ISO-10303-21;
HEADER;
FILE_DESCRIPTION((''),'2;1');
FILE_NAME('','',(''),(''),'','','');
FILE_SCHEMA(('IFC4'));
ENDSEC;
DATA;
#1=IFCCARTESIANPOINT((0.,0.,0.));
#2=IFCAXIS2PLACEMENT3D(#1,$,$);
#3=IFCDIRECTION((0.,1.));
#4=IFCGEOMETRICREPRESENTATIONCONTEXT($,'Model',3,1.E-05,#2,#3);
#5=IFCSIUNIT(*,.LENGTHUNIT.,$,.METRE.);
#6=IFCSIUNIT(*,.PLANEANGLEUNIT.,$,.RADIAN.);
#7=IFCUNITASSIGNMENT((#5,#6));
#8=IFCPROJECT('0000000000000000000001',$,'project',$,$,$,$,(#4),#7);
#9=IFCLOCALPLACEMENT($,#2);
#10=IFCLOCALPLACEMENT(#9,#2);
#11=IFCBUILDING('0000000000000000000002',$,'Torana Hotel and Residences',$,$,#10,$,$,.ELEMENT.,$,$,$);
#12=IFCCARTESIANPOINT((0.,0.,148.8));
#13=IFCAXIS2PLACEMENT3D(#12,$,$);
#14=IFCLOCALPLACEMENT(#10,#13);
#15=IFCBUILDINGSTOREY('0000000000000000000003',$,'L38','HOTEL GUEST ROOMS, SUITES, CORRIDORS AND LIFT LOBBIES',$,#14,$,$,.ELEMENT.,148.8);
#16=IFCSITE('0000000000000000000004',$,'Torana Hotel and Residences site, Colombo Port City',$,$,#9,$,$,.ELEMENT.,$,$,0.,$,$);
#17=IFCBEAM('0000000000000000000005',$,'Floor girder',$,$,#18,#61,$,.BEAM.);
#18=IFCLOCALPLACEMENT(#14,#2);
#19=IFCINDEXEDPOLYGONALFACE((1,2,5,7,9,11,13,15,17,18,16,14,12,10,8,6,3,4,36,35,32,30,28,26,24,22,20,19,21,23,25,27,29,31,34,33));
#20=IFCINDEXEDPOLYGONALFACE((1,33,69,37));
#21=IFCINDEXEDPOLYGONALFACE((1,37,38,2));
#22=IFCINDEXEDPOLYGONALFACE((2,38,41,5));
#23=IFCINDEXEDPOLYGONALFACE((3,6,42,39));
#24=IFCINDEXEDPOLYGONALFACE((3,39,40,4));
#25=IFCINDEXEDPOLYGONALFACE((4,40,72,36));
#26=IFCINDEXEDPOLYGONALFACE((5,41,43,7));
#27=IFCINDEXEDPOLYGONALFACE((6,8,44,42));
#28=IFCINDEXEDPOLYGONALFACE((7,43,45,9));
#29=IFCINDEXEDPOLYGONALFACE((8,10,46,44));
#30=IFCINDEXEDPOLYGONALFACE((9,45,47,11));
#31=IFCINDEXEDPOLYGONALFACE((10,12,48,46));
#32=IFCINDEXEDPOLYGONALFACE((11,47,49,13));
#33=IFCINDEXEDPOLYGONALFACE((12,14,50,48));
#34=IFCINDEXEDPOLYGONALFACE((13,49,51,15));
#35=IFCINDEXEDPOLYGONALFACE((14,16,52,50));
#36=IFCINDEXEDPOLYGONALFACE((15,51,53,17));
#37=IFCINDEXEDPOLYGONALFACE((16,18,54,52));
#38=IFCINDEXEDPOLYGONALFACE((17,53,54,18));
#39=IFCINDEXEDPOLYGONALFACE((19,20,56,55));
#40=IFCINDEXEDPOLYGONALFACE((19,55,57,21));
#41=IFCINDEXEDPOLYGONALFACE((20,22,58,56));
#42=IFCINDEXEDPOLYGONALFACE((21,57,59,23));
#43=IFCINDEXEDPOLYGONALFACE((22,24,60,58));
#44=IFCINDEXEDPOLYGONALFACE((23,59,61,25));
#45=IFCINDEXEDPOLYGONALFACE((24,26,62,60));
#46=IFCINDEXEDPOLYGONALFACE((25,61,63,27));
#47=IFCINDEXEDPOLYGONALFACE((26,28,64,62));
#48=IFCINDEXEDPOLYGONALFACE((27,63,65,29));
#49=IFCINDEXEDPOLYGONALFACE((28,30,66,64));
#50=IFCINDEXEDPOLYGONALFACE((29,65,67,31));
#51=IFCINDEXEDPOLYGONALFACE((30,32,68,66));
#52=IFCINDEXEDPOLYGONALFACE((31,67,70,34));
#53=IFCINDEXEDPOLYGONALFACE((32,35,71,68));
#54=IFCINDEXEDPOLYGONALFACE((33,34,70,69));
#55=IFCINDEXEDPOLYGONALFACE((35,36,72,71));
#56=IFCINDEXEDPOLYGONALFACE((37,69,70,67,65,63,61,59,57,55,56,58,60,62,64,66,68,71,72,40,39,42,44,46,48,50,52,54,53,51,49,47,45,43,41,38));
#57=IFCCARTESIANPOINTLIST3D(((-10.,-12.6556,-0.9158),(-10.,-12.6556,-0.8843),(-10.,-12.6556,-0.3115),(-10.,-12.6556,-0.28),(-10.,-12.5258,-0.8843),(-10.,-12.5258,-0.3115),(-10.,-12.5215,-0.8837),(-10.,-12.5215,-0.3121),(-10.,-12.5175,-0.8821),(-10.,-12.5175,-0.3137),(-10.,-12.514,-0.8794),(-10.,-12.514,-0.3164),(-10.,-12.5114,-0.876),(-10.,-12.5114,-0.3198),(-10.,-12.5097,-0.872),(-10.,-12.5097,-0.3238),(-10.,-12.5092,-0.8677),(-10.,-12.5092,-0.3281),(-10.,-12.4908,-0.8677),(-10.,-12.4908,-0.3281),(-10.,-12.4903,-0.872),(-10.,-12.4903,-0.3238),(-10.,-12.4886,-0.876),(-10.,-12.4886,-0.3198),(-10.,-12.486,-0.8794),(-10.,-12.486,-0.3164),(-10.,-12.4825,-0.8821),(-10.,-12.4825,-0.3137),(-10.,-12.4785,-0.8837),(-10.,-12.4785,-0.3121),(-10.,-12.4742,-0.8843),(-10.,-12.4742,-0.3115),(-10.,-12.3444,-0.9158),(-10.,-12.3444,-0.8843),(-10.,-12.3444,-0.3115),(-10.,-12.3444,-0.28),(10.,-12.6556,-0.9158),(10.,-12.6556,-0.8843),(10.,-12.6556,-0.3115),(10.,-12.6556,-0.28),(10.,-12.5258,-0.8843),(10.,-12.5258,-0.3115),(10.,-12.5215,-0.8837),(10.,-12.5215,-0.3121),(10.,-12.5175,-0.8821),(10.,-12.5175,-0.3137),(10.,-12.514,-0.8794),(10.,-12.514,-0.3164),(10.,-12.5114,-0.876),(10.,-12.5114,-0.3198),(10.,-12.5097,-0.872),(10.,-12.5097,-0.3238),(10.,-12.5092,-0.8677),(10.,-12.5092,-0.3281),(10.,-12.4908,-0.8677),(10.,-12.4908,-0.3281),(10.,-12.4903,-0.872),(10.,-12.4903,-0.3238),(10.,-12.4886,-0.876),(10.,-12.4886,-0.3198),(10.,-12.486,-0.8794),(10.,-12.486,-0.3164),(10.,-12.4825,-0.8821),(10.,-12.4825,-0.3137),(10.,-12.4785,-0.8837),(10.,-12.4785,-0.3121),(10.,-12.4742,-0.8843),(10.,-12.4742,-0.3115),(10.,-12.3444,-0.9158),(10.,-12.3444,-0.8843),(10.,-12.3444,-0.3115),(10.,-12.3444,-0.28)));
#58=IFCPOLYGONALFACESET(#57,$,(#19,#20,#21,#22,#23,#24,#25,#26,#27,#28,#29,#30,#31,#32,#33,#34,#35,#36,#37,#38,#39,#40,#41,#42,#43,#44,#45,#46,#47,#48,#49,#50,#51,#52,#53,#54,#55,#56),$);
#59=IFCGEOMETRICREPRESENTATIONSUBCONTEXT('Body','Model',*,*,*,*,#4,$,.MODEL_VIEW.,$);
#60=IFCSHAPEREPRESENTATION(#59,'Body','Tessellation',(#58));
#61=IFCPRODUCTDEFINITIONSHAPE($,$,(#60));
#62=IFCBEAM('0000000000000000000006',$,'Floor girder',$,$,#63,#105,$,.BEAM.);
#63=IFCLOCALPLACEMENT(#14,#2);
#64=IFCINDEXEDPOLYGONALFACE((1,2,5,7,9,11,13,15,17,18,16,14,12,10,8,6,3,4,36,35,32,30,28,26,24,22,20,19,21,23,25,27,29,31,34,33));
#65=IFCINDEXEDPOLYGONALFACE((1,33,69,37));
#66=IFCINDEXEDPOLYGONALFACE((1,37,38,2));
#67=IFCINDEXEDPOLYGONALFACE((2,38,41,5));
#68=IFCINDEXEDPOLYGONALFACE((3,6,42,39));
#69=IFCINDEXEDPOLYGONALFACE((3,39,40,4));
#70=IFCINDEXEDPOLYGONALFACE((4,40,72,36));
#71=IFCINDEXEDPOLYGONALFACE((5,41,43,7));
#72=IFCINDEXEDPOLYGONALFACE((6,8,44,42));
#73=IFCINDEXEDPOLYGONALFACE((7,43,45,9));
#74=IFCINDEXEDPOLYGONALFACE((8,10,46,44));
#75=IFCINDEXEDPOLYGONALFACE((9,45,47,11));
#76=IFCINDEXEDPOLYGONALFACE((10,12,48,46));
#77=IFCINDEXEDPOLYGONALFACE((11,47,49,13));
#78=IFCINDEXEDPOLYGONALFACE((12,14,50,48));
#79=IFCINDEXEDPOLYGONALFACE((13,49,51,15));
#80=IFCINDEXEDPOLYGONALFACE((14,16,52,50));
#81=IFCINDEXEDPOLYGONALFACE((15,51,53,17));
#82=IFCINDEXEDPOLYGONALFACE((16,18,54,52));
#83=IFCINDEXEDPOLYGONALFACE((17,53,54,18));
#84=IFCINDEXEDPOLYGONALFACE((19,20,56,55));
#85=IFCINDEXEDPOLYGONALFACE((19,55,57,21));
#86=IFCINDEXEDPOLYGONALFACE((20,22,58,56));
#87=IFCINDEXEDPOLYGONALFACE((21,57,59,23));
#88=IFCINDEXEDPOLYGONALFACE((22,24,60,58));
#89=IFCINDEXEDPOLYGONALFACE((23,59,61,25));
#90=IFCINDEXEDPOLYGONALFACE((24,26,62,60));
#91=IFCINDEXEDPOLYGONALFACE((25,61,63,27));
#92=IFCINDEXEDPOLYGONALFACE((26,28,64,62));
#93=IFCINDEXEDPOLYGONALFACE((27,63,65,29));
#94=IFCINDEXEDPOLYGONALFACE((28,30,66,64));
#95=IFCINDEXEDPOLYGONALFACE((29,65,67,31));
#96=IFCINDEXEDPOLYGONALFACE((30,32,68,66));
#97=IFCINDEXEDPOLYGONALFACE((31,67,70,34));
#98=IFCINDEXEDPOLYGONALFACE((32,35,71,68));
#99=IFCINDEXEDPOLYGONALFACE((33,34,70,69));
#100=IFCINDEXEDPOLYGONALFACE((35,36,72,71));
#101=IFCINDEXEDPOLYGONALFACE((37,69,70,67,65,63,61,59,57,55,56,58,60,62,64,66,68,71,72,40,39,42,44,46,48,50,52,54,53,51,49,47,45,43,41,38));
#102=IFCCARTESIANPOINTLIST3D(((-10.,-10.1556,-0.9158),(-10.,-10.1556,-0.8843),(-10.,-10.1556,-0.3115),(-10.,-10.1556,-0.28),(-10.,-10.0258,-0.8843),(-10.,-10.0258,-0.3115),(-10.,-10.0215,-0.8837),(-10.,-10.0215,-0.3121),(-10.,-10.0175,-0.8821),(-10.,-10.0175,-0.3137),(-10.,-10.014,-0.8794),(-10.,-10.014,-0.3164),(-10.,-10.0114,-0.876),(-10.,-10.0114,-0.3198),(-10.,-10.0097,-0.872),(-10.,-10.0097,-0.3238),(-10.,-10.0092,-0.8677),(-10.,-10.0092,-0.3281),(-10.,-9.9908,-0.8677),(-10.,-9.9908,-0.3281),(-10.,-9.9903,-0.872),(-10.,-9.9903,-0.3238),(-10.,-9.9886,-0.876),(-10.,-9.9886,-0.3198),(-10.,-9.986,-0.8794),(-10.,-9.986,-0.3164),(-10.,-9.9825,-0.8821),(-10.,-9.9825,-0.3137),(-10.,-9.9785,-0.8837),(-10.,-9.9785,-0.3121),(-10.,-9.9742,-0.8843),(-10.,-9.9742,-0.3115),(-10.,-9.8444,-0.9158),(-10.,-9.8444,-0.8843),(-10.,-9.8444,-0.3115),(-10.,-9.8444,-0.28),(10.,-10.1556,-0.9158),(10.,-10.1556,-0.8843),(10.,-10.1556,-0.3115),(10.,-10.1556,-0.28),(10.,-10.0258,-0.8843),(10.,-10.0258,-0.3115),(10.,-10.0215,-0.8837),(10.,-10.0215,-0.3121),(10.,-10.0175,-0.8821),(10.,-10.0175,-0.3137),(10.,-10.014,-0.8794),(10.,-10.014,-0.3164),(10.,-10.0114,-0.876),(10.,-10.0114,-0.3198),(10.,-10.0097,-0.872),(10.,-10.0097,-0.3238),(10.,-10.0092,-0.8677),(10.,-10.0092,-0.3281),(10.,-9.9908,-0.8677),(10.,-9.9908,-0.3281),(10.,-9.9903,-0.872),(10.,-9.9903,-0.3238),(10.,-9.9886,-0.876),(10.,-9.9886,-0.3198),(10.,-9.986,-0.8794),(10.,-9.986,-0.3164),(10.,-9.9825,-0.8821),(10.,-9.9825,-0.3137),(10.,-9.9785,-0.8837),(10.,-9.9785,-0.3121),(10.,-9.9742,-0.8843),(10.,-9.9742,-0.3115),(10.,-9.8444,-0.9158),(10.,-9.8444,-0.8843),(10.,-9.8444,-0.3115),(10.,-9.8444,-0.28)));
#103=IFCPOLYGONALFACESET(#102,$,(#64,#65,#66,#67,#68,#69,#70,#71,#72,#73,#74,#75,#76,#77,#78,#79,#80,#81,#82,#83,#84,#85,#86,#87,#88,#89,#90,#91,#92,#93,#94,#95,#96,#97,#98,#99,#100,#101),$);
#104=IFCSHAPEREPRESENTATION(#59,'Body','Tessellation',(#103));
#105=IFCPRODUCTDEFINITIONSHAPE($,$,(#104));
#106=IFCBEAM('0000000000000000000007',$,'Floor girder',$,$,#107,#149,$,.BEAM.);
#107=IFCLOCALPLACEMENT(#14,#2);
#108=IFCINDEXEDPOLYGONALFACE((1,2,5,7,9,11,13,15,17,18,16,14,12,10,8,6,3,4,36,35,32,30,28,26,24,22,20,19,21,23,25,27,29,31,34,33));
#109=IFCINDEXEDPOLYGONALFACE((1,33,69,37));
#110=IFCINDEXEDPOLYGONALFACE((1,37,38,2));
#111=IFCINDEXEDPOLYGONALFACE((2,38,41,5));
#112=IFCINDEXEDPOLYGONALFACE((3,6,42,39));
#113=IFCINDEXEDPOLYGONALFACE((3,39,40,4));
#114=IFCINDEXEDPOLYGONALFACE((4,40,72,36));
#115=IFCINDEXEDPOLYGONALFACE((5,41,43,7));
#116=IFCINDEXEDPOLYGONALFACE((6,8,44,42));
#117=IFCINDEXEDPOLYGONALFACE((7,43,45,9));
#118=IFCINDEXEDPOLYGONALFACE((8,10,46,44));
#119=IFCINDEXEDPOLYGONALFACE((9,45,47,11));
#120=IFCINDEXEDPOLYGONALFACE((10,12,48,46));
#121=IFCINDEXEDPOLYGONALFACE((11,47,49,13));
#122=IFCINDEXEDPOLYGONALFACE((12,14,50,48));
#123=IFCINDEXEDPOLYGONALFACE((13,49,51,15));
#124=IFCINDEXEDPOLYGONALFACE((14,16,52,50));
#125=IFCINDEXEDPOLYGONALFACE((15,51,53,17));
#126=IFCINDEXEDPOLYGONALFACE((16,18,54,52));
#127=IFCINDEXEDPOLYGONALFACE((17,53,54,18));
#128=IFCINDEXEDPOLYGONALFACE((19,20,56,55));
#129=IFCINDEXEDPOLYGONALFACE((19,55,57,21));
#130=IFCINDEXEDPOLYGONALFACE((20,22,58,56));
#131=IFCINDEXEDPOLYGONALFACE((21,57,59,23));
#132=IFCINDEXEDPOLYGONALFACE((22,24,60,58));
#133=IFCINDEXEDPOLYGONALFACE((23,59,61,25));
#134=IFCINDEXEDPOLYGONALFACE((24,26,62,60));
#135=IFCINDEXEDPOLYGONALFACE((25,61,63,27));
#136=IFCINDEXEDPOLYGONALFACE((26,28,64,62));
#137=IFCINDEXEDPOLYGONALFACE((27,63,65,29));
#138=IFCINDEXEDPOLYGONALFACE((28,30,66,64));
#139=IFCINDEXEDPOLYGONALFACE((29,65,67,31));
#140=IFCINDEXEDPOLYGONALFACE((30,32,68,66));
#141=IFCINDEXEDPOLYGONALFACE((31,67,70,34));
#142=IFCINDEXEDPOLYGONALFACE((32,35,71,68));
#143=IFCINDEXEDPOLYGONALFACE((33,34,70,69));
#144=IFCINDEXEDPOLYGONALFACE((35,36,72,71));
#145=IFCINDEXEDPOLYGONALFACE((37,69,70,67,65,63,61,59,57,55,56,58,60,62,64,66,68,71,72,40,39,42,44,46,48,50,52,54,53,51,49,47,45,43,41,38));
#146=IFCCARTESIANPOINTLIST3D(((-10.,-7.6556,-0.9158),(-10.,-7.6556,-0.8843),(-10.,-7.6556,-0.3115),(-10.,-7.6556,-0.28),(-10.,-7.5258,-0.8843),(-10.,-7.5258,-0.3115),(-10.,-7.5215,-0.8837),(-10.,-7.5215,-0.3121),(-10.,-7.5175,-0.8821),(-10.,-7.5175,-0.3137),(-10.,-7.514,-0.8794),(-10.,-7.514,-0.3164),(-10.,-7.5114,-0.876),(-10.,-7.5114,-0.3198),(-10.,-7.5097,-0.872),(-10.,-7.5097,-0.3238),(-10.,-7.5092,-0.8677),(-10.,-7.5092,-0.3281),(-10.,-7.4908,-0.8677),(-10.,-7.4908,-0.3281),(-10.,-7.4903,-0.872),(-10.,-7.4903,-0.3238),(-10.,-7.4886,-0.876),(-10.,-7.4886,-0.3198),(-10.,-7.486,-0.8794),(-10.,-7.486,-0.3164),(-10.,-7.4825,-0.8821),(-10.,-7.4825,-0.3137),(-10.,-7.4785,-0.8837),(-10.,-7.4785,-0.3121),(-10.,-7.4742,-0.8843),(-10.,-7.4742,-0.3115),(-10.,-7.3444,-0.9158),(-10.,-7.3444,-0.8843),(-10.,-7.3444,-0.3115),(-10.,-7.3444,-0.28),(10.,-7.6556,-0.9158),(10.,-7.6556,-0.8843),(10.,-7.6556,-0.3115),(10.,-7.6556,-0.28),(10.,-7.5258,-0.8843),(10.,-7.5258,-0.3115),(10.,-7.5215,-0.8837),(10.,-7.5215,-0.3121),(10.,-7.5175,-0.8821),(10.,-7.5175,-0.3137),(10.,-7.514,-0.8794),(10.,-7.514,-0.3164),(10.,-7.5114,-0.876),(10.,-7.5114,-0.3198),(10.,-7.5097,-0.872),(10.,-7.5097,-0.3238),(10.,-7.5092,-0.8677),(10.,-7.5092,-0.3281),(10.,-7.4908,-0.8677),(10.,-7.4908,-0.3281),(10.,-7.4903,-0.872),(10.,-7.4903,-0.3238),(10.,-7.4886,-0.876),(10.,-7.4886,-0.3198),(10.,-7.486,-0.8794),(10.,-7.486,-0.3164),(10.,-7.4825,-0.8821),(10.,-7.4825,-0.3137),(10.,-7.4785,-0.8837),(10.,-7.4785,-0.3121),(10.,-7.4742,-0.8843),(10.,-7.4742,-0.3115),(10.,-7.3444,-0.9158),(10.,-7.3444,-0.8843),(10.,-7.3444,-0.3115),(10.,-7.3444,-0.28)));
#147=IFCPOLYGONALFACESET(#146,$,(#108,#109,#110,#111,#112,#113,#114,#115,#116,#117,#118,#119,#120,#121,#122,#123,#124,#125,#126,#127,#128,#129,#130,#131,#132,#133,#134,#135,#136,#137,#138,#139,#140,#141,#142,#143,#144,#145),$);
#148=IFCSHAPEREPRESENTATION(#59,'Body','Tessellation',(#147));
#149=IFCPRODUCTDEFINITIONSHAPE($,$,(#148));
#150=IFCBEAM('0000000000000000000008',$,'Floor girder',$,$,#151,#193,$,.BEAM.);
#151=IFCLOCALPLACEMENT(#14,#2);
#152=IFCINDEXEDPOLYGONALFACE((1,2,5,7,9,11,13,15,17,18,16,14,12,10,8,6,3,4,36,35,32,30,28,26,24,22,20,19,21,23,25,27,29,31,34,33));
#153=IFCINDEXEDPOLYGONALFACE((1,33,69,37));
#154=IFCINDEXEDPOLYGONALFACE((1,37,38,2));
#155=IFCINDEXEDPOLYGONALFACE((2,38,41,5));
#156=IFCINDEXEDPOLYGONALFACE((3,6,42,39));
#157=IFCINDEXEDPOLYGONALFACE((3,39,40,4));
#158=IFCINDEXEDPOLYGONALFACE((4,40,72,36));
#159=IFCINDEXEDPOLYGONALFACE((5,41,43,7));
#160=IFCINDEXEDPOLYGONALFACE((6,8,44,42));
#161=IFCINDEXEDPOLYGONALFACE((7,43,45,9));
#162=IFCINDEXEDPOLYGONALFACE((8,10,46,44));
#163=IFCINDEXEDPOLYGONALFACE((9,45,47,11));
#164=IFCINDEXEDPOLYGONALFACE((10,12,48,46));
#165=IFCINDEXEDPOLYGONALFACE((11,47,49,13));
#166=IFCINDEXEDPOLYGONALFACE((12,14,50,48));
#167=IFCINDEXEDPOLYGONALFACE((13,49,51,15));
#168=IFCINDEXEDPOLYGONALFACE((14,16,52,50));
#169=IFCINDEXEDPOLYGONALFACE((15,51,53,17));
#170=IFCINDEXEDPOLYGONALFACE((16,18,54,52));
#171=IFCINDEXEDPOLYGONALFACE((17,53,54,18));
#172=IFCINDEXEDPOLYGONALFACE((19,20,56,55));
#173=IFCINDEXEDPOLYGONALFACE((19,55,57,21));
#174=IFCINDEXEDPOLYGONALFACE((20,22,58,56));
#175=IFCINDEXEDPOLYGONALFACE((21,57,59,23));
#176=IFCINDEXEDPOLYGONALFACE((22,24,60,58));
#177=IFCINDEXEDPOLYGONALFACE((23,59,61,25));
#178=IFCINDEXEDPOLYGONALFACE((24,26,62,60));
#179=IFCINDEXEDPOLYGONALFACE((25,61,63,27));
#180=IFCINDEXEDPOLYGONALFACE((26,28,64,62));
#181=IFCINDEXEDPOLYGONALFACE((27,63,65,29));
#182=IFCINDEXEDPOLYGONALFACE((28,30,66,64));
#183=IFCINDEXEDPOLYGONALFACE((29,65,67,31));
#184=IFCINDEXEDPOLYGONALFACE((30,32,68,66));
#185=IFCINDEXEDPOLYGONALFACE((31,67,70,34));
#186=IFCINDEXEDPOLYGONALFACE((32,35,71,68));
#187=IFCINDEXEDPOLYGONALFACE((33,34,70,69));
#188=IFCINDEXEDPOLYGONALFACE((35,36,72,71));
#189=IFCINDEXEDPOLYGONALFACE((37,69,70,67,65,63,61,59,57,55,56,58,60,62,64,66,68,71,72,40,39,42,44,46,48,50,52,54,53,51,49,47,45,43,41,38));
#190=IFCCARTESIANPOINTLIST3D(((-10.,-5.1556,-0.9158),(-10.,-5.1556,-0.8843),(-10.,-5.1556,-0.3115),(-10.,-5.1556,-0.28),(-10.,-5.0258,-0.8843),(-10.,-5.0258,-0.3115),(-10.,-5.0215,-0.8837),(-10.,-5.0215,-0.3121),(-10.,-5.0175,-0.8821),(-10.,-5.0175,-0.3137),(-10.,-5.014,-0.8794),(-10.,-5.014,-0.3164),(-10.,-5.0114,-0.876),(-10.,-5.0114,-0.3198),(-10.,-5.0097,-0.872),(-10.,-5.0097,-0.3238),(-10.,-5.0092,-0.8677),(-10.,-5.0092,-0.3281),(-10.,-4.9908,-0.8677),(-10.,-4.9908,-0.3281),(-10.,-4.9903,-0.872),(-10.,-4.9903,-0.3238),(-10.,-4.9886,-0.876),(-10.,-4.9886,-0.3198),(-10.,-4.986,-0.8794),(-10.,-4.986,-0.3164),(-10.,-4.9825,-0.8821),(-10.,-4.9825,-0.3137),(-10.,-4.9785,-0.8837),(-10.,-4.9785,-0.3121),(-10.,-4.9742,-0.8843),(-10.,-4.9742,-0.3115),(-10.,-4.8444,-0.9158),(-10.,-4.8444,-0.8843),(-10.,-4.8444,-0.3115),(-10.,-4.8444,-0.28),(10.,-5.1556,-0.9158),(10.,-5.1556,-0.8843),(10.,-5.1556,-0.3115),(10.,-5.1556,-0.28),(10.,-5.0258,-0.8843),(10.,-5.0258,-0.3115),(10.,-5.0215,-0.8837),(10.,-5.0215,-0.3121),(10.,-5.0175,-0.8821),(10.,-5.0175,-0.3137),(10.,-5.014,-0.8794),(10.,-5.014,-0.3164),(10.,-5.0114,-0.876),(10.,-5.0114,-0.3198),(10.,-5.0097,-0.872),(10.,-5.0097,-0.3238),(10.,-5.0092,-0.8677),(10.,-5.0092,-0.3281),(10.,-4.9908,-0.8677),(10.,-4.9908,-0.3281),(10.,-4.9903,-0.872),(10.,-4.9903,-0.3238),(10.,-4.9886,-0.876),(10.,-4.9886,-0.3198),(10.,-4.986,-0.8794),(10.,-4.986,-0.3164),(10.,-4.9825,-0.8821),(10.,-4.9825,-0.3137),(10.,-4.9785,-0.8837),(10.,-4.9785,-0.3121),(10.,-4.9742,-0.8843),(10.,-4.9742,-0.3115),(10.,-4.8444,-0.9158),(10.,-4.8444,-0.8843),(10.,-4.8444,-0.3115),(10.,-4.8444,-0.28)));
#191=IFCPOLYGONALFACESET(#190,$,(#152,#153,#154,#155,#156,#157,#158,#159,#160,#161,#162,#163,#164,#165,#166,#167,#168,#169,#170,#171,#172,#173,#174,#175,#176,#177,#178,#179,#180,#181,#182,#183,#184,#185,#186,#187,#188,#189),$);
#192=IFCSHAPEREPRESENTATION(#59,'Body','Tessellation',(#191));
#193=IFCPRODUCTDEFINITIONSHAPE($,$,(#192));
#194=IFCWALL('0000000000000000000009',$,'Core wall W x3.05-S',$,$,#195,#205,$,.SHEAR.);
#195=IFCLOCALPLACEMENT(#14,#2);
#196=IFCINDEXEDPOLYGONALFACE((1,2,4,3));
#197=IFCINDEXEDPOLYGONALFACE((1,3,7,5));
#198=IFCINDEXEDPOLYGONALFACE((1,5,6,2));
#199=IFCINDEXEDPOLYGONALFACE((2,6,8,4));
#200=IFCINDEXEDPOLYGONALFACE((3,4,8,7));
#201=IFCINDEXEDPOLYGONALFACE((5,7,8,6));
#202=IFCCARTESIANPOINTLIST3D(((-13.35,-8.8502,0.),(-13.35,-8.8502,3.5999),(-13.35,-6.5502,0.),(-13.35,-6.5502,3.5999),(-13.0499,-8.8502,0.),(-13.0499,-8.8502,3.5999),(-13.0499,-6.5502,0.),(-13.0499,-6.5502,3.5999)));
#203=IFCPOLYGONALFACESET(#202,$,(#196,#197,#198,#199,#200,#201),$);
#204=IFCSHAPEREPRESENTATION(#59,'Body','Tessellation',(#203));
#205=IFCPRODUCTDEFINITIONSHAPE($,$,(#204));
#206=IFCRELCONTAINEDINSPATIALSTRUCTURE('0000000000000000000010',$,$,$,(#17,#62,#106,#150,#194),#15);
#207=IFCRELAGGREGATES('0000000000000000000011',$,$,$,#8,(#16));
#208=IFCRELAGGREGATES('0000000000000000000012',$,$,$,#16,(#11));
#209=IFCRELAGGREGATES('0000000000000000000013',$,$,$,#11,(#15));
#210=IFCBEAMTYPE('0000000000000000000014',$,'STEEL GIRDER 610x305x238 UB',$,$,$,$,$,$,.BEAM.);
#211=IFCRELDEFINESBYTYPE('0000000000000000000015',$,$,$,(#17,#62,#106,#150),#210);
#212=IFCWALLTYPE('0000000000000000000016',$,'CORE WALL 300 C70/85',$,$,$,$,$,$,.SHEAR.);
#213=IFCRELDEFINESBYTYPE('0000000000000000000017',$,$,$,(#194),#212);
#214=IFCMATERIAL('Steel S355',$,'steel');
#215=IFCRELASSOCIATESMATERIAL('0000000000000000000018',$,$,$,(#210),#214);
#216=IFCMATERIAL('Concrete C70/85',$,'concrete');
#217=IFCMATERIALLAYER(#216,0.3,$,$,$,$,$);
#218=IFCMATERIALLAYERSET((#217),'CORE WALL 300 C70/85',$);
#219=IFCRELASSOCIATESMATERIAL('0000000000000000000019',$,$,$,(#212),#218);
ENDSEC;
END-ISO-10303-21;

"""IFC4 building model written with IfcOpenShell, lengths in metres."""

from ifc_helpers import new_model, si_unit, direction, frame, frame_2d, origin, origin_2d, place, context, subcontext, project, spatial, rectangle, i_section, extrude, material, layer, layer_set, material_profile, profile_set, type_object, element, save


model = new_model("IFC4")

# Units and contexts
model_context = context("Model", 3, precision=1e-05, world=origin(), true_north=direction((0.0, 1.0)))
body_context = subcontext(model_context, "Body", "Model", "MODEL_VIEW")
ifc_project = project(units=[si_unit("LENGTHUNIT", "METRE"), si_unit("PLANEANGLEUNIT", "RADIAN")], contexts=[model_context])

# Site, building, storey
site_placement = place(None, origin())
site = spatial("IfcSite", under=ifc_project, at=site_placement, Name="Torana Hotel and Residences site, Colombo Port City", CompositionType="ELEMENT", RefElevation=0.0)
building_placement = place(site_placement, origin())
building = spatial("IfcBuilding", under=site, at=building_placement, Name="Torana Hotel and Residences", CompositionType="ELEMENT")
storey_placement = place(building_placement, frame((0.0, 0.0, 148.8)))
storey = spatial("IfcBuildingStorey", under=building, at=storey_placement, Name="L38", Description="HOTEL GUEST ROOMS, SUITES, CORRIDORS AND LIFT LOBBIES", CompositionType="ELEMENT", Elevation=148.8)

# Beams
ifc_material_1 = material(Name="Steel S355", Category="steel")
ifc_material_profile = material_profile(ifc_material_1, i_section(OverallWidth=0.3113, OverallDepth=0.6357, WebThickness=0.0183, FlangeThickness=0.0315, FilletRadius=0.0166, at=origin_2d()), Name="610x305x238 UB")
ifc_profile_set = profile_set([ifc_material_profile], Name="Steel S355")
beam_type = type_object("IfcBeamType", Name="STEEL GIRDER 610x305x238 UB", PredefinedType="BEAM", material=ifc_profile_set)
for number, where, z_axis, x_axis, name in (
    (1, (-10.0, -12.5, -0.5979), (1.0, 0.0, 0.0), (0.0, 1.0, 0.0), "Floor girder"),
    (2, (-10.0, -10.0, -0.5979), (1.0, 0.0, 0.0), (0.0, 1.0, 0.0), "Floor girder"),
    (3, (-10.0, -7.5, -0.5979), (1.0, 0.0, 0.0), (0.0, 1.0, 0.0), "Floor girder"),
    (4, (-10.0, -5.0, -0.5979), (1.0, 0.0, 0.0), (0.0, 1.0, 0.0), "Floor girder"),
):
    element("IfcBeam", number, at=place(storey_placement, frame(where, z_axis=z_axis, x_axis=x_axis)), inside=storey, type_object=beam_type, Name=name, PredefinedType="BEAM", context=body_context, shape_type="SweptSolid", body=[
        extrude(i_section(OverallWidth=0.3113, OverallDepth=0.6357, WebThickness=0.0183, FlangeThickness=0.0315, FilletRadius=0.0166, at=origin_2d()), origin(), (0.0, 0.0, 1.0), 20.0),
    ])

# Wall
ifc_material_2 = material(Name="Concrete C70/85", Category="concrete")
ifc_layer_1 = layer(ifc_material_2, 0.3)
ifc_layer_set_1 = layer_set([ifc_layer_1], Name="CORE WALL 300 C70/85")
wall_type_1 = type_object("IfcWallType", Name="CORE WALL 300 C70/85", PredefinedType="SHEAR", material=ifc_layer_set_1)
wall_1_placement = place(storey_placement, frame((-13.2, -8.8501, 0.0), z_axis=(0.0, 0.0, 1.0), x_axis=(0.0, 1.0, 0.0)))
element("IfcWall", 5, at=wall_1_placement, inside=storey, type_object=wall_type_1, Name="Core wall W x3.05-S", PredefinedType="SHEAR", context=body_context, shape_type="SweptSolid", body=[
    extrude(rectangle(XDim=2.3, YDim=0.3, at=frame_2d((1.1499, 0.0))), origin(), (0.0, 0.0, 1.0), 3.5999),
])

save(model, "model.ifc")
